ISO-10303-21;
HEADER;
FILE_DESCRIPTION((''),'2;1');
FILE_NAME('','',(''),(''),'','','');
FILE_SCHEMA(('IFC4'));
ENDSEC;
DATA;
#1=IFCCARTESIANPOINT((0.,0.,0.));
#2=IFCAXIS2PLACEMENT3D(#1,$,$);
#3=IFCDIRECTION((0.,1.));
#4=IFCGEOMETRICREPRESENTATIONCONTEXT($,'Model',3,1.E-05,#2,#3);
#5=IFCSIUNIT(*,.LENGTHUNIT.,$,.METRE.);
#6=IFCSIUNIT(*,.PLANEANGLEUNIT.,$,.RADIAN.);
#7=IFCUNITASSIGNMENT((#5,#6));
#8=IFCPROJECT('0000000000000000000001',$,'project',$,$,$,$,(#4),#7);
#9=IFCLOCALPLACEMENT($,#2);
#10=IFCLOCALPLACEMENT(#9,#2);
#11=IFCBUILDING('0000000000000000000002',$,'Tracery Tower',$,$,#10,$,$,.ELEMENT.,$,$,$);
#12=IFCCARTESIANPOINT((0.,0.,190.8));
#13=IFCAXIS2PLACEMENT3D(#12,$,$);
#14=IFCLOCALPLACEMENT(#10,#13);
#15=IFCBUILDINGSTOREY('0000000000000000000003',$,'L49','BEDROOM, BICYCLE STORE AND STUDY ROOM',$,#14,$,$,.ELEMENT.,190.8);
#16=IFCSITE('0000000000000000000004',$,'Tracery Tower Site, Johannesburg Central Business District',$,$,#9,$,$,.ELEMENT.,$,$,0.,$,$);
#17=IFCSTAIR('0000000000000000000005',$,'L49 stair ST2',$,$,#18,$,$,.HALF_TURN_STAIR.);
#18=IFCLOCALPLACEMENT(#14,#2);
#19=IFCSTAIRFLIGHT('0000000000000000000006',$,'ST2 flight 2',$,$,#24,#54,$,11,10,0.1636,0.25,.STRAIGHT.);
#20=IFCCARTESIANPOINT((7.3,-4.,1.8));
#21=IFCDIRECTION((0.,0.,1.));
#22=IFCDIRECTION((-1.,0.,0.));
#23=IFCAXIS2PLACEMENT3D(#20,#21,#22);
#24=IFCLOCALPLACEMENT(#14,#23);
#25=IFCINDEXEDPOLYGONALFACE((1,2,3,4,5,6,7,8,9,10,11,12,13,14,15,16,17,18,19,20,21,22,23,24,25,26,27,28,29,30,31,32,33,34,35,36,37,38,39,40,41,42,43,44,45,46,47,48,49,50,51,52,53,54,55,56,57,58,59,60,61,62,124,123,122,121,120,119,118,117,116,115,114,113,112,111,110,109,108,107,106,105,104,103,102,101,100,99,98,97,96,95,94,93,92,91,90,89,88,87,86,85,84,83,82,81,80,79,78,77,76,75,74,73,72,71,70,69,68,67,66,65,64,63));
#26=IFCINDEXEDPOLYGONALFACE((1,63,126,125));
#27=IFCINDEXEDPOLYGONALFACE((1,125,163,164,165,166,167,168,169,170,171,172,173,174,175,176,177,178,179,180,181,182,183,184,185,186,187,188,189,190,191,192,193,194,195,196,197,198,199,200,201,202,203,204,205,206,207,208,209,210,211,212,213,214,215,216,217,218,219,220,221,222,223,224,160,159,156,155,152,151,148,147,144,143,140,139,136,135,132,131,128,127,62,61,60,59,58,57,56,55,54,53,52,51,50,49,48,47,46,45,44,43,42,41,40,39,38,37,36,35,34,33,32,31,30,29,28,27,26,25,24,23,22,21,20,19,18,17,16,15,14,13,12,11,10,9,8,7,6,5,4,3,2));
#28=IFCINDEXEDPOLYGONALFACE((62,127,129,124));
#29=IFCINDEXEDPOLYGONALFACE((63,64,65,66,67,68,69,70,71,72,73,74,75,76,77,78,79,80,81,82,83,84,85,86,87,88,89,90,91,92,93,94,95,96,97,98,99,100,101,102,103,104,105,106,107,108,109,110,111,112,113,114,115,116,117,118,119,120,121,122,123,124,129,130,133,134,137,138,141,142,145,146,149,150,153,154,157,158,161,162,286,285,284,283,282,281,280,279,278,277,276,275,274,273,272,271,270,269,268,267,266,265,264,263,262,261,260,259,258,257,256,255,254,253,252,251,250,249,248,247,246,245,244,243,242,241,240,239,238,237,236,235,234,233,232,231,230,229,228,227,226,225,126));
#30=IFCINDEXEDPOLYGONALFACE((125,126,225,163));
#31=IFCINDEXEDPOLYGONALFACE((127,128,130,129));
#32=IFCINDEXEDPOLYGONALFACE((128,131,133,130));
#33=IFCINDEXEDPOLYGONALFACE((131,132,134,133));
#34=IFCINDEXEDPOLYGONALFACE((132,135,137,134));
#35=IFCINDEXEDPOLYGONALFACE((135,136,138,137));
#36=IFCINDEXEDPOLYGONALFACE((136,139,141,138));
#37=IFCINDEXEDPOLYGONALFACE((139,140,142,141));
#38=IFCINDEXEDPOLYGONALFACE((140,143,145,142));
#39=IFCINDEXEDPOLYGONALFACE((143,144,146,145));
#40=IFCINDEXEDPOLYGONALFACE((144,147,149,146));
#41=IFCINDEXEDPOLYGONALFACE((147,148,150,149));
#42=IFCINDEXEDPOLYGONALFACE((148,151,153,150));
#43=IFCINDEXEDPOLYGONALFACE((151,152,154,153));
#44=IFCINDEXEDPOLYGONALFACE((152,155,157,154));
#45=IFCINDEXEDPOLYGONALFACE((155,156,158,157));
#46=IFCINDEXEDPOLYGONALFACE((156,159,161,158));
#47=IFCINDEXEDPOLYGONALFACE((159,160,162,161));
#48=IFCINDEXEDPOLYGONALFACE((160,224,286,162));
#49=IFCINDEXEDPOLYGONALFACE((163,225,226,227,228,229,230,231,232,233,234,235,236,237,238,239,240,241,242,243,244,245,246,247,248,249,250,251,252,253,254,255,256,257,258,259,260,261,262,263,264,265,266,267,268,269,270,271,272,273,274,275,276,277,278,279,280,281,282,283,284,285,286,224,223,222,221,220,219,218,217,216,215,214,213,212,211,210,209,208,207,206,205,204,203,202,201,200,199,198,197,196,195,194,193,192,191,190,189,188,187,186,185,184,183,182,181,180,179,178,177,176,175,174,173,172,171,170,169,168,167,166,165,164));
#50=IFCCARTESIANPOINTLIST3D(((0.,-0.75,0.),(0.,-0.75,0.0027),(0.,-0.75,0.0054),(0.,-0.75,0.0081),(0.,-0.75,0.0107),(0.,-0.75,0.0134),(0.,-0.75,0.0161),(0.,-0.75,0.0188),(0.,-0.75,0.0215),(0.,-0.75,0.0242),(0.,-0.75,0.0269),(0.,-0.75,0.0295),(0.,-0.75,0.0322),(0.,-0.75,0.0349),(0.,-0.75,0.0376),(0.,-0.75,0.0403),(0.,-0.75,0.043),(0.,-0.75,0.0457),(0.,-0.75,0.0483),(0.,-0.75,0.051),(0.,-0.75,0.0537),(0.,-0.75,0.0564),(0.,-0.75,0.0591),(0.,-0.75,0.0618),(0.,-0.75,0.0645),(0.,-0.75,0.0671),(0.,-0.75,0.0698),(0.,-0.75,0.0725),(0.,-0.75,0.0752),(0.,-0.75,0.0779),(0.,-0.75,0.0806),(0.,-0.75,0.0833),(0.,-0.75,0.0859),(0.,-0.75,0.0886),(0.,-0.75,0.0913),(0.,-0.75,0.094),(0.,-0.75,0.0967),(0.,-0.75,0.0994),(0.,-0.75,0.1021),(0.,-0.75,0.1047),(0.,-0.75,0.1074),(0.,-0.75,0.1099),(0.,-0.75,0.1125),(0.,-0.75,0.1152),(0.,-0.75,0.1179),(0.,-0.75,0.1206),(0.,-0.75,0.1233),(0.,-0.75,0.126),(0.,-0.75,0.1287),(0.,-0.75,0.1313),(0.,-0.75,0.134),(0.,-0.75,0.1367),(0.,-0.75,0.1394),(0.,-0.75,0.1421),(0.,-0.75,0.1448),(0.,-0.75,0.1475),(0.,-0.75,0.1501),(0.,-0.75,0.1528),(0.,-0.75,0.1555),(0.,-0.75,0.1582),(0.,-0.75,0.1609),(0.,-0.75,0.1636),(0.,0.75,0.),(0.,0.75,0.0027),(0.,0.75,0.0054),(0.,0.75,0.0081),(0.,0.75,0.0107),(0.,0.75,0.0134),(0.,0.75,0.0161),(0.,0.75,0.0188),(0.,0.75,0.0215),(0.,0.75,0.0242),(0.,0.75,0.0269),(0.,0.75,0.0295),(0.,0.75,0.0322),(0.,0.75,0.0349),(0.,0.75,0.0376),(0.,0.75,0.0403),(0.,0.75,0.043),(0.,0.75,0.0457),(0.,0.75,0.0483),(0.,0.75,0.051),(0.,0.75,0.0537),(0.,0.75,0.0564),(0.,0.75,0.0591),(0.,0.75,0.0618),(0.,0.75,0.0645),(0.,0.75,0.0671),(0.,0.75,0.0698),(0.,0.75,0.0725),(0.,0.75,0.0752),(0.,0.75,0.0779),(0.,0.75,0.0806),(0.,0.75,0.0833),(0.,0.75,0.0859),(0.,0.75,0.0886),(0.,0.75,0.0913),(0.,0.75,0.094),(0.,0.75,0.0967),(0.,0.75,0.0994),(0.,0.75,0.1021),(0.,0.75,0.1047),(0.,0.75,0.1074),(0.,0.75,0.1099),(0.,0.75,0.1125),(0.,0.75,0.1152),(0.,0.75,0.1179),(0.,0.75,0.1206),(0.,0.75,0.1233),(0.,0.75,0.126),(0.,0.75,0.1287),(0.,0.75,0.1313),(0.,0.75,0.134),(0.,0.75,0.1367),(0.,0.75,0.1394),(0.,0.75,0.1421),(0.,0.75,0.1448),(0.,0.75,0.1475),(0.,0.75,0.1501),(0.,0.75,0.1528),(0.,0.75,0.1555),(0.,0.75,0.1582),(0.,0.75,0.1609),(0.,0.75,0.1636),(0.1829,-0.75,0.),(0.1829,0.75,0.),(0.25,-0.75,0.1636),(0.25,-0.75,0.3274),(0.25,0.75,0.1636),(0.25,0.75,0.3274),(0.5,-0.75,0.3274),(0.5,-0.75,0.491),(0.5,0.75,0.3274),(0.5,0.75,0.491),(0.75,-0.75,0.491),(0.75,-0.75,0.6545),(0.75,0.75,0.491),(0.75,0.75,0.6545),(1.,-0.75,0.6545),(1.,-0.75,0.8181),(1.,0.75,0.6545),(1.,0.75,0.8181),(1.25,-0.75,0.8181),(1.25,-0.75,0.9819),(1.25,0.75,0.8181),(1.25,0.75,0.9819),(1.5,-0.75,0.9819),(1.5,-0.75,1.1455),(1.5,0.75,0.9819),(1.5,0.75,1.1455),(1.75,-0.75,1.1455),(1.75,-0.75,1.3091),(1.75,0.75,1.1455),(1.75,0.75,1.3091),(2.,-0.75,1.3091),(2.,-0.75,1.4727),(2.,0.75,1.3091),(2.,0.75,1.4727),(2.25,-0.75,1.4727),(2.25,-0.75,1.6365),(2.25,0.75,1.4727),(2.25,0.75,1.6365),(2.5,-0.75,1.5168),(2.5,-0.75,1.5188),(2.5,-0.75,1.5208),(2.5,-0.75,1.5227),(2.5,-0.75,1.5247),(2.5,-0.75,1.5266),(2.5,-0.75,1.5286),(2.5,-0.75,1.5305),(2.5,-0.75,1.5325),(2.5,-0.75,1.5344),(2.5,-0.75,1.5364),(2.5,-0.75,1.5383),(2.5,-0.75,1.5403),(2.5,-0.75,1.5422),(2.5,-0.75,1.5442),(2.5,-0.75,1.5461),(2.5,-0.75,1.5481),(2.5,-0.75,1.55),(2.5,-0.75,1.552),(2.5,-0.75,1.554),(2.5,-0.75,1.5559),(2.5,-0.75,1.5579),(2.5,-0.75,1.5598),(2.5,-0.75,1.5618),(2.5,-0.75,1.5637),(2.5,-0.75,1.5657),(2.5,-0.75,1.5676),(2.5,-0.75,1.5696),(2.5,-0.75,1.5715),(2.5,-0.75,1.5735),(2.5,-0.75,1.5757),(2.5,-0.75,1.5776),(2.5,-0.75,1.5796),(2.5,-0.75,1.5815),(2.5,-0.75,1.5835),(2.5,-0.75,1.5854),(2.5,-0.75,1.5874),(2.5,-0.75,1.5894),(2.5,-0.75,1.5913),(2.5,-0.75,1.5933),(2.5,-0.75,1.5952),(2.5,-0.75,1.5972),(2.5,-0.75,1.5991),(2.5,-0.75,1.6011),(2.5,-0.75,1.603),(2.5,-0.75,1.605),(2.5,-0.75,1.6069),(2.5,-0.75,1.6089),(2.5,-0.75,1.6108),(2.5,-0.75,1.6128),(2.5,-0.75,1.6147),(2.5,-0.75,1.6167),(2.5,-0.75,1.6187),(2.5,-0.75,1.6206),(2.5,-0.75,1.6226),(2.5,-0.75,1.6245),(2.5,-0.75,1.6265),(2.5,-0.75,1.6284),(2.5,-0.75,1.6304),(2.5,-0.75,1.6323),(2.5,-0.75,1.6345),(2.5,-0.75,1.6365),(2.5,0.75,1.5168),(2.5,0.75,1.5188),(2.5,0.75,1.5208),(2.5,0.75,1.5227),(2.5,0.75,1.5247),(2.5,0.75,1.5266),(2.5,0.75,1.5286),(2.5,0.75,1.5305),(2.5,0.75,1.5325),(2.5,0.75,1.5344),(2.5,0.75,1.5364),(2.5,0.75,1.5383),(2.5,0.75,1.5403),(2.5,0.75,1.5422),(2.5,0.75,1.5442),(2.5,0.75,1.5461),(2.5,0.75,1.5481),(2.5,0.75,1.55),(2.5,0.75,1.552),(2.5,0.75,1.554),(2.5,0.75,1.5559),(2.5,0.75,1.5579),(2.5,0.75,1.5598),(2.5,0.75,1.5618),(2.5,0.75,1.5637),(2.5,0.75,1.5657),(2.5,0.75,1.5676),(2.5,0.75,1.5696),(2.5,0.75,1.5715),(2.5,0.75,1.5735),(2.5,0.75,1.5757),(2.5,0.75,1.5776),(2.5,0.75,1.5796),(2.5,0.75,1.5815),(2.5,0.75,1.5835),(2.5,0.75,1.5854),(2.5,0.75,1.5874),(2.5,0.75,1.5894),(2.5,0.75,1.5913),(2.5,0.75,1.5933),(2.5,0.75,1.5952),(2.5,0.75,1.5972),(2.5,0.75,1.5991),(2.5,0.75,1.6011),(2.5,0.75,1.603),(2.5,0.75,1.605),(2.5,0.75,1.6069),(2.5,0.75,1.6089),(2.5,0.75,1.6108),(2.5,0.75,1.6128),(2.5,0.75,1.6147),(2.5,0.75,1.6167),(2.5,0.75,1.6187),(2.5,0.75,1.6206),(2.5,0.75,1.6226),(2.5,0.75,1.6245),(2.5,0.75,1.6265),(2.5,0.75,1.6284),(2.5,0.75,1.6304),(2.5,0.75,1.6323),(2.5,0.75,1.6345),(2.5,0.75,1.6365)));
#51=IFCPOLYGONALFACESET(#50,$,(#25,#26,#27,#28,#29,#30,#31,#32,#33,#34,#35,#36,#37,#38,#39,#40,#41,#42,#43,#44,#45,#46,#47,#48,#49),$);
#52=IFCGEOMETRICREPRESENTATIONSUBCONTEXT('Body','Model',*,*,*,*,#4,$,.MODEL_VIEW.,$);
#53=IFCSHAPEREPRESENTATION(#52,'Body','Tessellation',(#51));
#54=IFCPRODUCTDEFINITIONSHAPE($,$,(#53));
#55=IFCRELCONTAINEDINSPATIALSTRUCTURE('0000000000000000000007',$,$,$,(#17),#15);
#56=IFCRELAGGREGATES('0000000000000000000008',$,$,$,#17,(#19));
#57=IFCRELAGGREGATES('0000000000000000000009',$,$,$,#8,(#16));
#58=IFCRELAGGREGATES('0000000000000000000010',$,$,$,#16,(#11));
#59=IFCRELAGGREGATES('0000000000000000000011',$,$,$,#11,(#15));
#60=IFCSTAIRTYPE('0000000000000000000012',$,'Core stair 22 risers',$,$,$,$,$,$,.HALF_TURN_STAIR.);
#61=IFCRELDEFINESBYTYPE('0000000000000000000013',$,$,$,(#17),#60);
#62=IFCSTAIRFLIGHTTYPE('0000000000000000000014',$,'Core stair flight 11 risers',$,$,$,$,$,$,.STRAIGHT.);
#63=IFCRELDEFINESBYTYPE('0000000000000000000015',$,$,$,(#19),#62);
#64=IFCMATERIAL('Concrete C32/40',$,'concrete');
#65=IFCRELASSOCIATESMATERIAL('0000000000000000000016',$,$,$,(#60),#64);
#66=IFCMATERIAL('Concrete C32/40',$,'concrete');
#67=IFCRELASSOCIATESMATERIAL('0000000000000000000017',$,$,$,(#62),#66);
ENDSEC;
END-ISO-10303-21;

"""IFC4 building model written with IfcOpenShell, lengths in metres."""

from ifc_helpers import new_model, si_unit, direction, frame, origin, place, context, subcontext, project, spatial, polyline, outline, extrude, material, type_object, element, aggregate, save


model = new_model("IFC4")

# Units and contexts
model_context = context("Model", 3, precision=1e-05, world=origin(), true_north=direction((0.0, 1.0)))
body_context = subcontext(model_context, "Body", "Model", "MODEL_VIEW")
ifc_project = project(units=[si_unit("LENGTHUNIT", "METRE"), si_unit("PLANEANGLEUNIT", "RADIAN")], contexts=[model_context])

# Site, building, storey
site_placement = place(None, origin())
site = spatial("IfcSite", under=ifc_project, at=site_placement, Name="Tracery Tower Site, Johannesburg Central Business District", CompositionType="ELEMENT", RefElevation=0.0)
building_placement = place(site_placement, origin())
building = spatial("IfcBuilding", under=site, at=building_placement, Name="Tracery Tower", CompositionType="ELEMENT")
storey_placement = place(building_placement, frame((0.0, 0.0, 190.8)))
storey = spatial("IfcBuildingStorey", under=building, at=storey_placement, Name="L49", Description="BEDROOM, BICYCLE STORE AND STUDY ROOM", CompositionType="ELEMENT", Elevation=190.8)

# Stair, stair flight
ifc_material_1 = material(Name="Concrete C32/40", Category="concrete")
stair_type = type_object("IfcStairType", Name="Core stair 22 risers", PredefinedType="HALF_TURN_STAIR", material=ifc_material_1)
stair_placement = place(storey_placement, origin())
stair = element("IfcStair", 1, at=stair_placement, inside=storey, type_object=stair_type, Name="L49 stair ST2", PredefinedType="HALF_TURN_STAIR")
ifc_material_2 = material(Name="Concrete C32/40", Category="concrete")
stair_flight_type = type_object("IfcStairFlightType", Name="Core stair flight 11 risers", PredefinedType="STRAIGHT", material=ifc_material_2)
stair_flight_1_placement = place(storey_placement, frame((7.3, -4.0, 1.8), z_axis=(0.0, 0.0, 1.0), x_axis=(-1.0, 0.0, 0.0)))
stair_flight_1 = element("IfcStairFlight", 2, at=stair_flight_1_placement, type_object=stair_flight_type, Name="ST2 flight 2", NumberOfRisers=11, NumberOfTreads=10, PredefinedType="STRAIGHT", RiserHeight=0.1636, TreadLength=0.25, context=body_context, shape_type="SweptSolid", body=[
    extrude(outline(polyline([(0.0, 0.0), (0.0, 0.0027), (0.0, 0.0054), (0.0, 0.0081), (0.0, 0.0107), (0.0, 0.0134), (0.0, 0.0161), (0.0, 0.0188), (0.0, 0.0215), (0.0, 0.0242), (0.0, 0.0269), (0.0, 0.0295), (0.0, 0.0322), (0.0, 0.0349), (0.0, 0.0376), (0.0, 0.0403), (0.0, 0.043), (0.0, 0.0457), (0.0, 0.0483), (0.0, 0.051), (0.0, 0.0537), (0.0, 0.0564), (0.0, 0.0591), (0.0, 0.0618), (0.0, 0.0645), (0.0, 0.0671), (0.0, 0.0698), (0.0, 0.0725), (0.0, 0.0752), (0.0, 0.0779), (0.0, 0.0806), (0.0, 0.0833), (0.0, 0.0859), (0.0, 0.0886), (0.0, 0.0913), (0.0, 0.094), (0.0, 0.0967), (0.0, 0.0994), (0.0, 0.1021), (0.0, 0.1047), (0.0, 0.1074), (0.0, 0.1099), (0.0, 0.1125), (0.0, 0.1152), (0.0, 0.1179), (0.0, 0.1206), (0.0, 0.1233), (0.0, 0.126), (0.0, 0.1287), (0.0, 0.1313), (0.0, 0.134), (0.0, 0.1367), (0.0, 0.1394), (0.0, 0.1421), (0.0, 0.1448), (0.0, 0.1475), (0.0, 0.1501), (0.0, 0.1528), (0.0, 0.1555), (0.0, 0.1582), (0.0, 0.1609), (0.0, 0.1636), (0.25, 0.1636), (0.25, 0.3274), (0.5, 0.3274), (0.5, 0.491), (0.75, 0.491), (0.75, 0.6545), (1.0, 0.6545), (1.0, 0.8181), (1.25, 0.8181), (1.25, 0.9819), (1.5, 0.9819), (1.5, 1.1455), (1.75, 1.1455), (1.75, 1.3091), (2.0, 1.3091), (2.0, 1.4727), (2.25, 1.4727), (2.25, 1.6365), (2.5, 1.6365), (2.5, 1.6345), (2.5, 1.6323), (2.5, 1.6304), (2.5, 1.6284), (2.5, 1.6265), (2.5, 1.6245), (2.5, 1.6226), (2.5, 1.6206), (2.5, 1.6187), (2.5, 1.6167), (2.5, 1.6147), (2.5, 1.6128), (2.5, 1.6108), (2.5, 1.6089), (2.5, 1.6069), (2.5, 1.605), (2.5, 1.603), (2.5, 1.6011), (2.5, 1.5991), (2.5, 1.5972), (2.5, 1.5952), (2.5, 1.5933), (2.5, 1.5913), (2.5, 1.5894), (2.5, 1.5874), (2.5, 1.5854), (2.5, 1.5835), (2.5, 1.5815), (2.5, 1.5796), (2.5, 1.5776), (2.5, 1.5757), (2.5, 1.5735), (2.5, 1.5715), (2.5, 1.5696), (2.5, 1.5676), (2.5, 1.5657), (2.5, 1.5637), (2.5, 1.5618), (2.5, 1.5598), (2.5, 1.5579), (2.5, 1.5559), (2.5, 1.554), (2.5, 1.552), (2.5, 1.55), (2.5, 1.5481), (2.5, 1.5461), (2.5, 1.5442), (2.5, 1.5422), (2.5, 1.5403), (2.5, 1.5383), (2.5, 1.5364), (2.5, 1.5344), (2.5, 1.5325), (2.5, 1.5305), (2.5, 1.5286), (2.5, 1.5266), (2.5, 1.5247), (2.5, 1.5227), (2.5, 1.5208), (2.5, 1.5188), (2.5, 1.5168), (0.1829, 0.0), (0.0, 0.0)])), frame((0.0, 0.75, 0.0), z_axis=(0.0, -1.0, 0.0), x_axis=(1.0, 0.0, 0.0)), (0.0, 0.0, 1.0), 1.5),
])
aggregate(stair, [stair_flight_1])

save(model, "model.ifc")
